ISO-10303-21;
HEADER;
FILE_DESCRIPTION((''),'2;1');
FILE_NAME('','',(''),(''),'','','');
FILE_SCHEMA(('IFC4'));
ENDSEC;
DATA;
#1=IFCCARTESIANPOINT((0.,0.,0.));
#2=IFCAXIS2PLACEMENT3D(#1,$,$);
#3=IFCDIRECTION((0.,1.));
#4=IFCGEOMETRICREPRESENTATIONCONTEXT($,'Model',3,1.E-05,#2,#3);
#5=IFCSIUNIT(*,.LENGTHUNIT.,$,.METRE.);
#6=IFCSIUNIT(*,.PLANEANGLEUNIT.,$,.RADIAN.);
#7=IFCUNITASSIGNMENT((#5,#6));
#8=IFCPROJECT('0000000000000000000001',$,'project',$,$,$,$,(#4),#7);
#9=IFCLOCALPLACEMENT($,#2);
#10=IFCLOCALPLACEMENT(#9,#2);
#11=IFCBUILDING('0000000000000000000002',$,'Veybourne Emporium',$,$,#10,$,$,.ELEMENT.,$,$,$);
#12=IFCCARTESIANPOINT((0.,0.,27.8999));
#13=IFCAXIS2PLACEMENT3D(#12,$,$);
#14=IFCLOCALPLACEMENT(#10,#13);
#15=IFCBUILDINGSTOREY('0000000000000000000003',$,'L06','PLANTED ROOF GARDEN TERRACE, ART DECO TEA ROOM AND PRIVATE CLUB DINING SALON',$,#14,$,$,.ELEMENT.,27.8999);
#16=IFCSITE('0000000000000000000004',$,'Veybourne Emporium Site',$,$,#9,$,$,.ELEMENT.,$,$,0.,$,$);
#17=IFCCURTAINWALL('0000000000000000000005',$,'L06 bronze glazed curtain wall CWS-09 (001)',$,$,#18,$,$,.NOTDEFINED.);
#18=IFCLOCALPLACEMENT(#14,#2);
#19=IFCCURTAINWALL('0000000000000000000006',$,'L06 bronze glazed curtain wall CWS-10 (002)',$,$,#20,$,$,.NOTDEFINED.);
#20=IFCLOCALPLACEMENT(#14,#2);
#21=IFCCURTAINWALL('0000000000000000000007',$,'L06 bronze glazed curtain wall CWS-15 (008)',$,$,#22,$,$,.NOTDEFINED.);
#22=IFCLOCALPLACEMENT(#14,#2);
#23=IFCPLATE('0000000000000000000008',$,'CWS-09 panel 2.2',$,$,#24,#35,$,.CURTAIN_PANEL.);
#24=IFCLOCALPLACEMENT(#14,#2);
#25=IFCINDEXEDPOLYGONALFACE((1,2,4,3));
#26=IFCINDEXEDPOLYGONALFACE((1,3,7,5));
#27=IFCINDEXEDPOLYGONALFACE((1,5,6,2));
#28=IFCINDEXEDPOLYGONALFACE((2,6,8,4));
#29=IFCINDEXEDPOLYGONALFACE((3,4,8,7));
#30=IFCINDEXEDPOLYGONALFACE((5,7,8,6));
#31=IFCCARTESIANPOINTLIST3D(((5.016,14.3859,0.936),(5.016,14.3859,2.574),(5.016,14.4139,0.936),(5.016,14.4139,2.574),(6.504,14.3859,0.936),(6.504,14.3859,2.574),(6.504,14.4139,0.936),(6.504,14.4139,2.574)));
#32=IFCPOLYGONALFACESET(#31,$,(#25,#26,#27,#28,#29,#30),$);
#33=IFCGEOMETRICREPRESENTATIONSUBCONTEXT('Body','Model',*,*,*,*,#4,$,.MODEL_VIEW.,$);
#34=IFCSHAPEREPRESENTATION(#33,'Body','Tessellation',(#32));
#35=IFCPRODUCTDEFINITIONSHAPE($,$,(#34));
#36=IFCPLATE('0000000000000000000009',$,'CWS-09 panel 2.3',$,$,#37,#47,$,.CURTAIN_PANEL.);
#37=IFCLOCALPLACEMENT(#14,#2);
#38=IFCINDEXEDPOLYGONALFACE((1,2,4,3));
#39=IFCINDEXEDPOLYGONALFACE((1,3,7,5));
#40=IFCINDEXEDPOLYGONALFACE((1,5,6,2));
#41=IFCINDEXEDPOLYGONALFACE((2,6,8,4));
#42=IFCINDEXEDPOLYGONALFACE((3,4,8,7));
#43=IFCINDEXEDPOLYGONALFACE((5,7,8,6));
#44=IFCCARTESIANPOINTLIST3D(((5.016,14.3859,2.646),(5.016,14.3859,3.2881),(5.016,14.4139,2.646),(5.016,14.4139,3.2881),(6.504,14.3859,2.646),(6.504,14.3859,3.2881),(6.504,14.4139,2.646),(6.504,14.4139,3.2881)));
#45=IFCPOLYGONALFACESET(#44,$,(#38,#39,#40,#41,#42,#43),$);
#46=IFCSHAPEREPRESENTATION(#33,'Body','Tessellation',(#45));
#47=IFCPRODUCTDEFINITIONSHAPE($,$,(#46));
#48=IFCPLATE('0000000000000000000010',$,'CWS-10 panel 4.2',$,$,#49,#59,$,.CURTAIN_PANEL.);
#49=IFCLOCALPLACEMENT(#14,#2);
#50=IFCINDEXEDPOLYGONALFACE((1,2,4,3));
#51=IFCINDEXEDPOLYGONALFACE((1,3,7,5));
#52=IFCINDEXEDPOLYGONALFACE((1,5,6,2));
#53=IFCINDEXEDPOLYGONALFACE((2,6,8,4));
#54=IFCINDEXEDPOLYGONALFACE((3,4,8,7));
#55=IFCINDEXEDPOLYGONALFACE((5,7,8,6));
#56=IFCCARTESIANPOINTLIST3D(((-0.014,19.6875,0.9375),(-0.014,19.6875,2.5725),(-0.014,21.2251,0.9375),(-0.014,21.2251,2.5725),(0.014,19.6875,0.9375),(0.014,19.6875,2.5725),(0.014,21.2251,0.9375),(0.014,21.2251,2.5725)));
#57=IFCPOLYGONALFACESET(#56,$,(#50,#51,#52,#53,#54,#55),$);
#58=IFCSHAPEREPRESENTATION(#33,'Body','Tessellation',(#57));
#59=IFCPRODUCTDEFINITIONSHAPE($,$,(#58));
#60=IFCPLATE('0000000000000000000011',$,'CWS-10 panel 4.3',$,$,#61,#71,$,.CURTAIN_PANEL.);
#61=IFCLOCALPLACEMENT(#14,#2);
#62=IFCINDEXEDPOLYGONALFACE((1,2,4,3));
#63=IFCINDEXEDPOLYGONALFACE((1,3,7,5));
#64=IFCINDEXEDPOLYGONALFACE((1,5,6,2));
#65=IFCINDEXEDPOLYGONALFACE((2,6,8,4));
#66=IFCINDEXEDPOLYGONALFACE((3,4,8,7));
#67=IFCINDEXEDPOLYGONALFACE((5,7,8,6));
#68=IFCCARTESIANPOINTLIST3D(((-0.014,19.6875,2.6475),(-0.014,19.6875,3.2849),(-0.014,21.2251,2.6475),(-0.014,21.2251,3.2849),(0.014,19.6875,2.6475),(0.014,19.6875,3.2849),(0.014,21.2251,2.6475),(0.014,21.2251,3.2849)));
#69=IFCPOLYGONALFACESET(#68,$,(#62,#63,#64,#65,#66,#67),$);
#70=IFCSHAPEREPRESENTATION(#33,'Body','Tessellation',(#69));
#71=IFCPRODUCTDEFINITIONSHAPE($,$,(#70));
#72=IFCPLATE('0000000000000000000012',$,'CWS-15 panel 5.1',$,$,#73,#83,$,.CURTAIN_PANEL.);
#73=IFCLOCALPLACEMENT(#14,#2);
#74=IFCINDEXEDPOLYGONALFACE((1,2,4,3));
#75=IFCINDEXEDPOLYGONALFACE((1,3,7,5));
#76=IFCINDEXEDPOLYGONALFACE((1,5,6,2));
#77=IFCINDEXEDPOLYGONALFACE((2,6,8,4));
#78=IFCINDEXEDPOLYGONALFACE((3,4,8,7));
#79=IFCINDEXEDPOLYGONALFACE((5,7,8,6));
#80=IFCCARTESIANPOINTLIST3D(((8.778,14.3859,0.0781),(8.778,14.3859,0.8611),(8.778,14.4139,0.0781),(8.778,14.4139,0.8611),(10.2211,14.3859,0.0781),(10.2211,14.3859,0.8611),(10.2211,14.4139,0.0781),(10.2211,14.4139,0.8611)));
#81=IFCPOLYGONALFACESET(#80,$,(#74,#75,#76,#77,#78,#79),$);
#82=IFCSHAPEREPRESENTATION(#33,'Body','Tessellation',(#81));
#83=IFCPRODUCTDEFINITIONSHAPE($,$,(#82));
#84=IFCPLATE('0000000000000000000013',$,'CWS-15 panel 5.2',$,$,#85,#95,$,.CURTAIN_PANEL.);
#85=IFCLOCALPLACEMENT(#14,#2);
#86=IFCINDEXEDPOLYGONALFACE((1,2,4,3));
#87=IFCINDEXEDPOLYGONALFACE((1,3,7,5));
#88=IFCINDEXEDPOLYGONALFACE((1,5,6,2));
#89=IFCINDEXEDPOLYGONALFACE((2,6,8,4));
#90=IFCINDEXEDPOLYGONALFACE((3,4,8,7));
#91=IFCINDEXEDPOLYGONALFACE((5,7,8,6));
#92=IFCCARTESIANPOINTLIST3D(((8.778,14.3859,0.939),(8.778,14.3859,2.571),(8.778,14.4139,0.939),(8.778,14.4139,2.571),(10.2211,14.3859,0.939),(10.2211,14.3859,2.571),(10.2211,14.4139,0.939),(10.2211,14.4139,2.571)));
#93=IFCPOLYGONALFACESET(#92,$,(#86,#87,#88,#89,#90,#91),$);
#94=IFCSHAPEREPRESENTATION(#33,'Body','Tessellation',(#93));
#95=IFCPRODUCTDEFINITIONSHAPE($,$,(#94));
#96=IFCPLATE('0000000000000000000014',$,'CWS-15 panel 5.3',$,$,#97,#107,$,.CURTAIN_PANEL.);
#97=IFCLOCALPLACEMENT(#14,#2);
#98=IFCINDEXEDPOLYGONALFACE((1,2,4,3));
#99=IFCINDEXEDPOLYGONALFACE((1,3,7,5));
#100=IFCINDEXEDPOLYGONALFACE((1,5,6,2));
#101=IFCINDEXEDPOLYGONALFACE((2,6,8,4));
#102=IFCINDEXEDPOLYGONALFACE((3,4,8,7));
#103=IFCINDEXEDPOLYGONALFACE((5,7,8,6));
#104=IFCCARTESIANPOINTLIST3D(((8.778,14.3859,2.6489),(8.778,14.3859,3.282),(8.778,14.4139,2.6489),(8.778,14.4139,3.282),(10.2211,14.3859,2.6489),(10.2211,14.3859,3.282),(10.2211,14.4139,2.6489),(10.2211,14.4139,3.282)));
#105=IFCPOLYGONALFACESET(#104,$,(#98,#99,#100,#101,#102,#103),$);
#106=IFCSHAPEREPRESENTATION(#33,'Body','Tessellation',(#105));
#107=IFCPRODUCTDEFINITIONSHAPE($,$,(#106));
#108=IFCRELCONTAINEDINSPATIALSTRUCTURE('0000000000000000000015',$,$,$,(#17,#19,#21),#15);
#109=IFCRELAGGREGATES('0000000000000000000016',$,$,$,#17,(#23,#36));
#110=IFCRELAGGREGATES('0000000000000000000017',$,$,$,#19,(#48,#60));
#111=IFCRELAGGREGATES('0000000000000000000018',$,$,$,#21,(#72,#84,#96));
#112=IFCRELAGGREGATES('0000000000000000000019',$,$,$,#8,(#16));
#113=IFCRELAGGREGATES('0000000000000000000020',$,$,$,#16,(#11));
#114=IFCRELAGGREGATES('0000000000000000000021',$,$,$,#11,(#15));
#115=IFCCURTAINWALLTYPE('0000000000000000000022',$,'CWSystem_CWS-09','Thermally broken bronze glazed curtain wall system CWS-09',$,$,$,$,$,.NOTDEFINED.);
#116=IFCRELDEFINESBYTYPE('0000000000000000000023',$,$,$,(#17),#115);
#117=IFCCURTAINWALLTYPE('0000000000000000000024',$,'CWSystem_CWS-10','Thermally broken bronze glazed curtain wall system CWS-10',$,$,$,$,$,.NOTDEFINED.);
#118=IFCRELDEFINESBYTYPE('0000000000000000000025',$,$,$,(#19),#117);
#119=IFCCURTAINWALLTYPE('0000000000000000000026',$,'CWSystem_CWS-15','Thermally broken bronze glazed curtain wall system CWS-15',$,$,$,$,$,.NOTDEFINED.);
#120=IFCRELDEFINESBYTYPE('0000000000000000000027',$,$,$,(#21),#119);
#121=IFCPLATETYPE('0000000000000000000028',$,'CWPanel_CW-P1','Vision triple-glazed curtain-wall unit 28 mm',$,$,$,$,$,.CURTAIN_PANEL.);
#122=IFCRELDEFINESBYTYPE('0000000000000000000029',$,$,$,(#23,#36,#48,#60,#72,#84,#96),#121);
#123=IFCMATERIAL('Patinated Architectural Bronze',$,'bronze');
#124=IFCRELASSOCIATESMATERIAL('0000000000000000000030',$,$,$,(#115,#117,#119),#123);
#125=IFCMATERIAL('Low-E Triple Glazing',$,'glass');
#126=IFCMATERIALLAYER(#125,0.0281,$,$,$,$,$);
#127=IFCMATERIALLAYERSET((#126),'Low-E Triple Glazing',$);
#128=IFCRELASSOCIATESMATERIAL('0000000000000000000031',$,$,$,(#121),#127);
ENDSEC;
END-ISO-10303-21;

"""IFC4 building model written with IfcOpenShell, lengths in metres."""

from ifc_helpers import new_model, si_unit, direction, frame, origin, origin_2d, place, context, subcontext, project, spatial, rectangle, extrude, material, layer, layer_set, type_object, element, aggregate, save


model = new_model("IFC4")

# Units and contexts
model_context = context("Model", 3, precision=1e-05, world=origin(), true_north=direction((0.0, 1.0)))
body_context = subcontext(model_context, "Body", "Model", "MODEL_VIEW")
ifc_project = project(units=[si_unit("LENGTHUNIT", "METRE"), si_unit("PLANEANGLEUNIT", "RADIAN")], contexts=[model_context])

# Site, building, storey
site_placement = place(None, origin())
site = spatial("IfcSite", under=ifc_project, at=site_placement, Name="Veybourne Emporium Site", CompositionType="ELEMENT", RefElevation=0.0)
building_placement = place(site_placement, origin())
building = spatial("IfcBuilding", under=site, at=building_placement, Name="Veybourne Emporium", CompositionType="ELEMENT")
storey_placement = place(building_placement, frame((0.0, 0.0, 27.8999)))
storey = spatial("IfcBuildingStorey", under=building, at=storey_placement, Name="L06", Description="PLANTED ROOF GARDEN TERRACE, ART DECO TEA ROOM AND PRIVATE CLUB DINING SALON", CompositionType="ELEMENT", Elevation=27.8999)

# Curtain wall
ifc_material_1 = material(Name="Patinated Architectural Bronze", Category="bronze")
curtain_wall_type_1 = type_object("IfcCurtainWallType", Name="CWSystem_CWS-09", Description="Thermally broken bronze glazed curtain wall system CWS-09", PredefinedType="NOTDEFINED", material=ifc_material_1)
curtain_wall_1_placement = place(storey_placement, origin())
curtain_wall_1 = element("IfcCurtainWall", 1, at=curtain_wall_1_placement, inside=storey, type_object=curtain_wall_type_1, Name="L06 bronze glazed curtain wall CWS-09 (001)", PredefinedType="NOTDEFINED")

# Curtain walls
curtain_wall_type_2 = type_object("IfcCurtainWallType", Name="CWSystem_CWS-10", Description="Thermally broken bronze glazed curtain wall system CWS-10", PredefinedType="NOTDEFINED", material=ifc_material_1)
curtain_wall_2_placement = place(storey_placement, origin())
curtain_wall_2 = element("IfcCurtainWall", 2, at=curtain_wall_2_placement, inside=storey, type_object=curtain_wall_type_2, Name="L06 bronze glazed curtain wall CWS-10 (002)", PredefinedType="NOTDEFINED")
curtain_wall_type_3 = type_object("IfcCurtainWallType", Name="CWSystem_CWS-15", Description="Thermally broken bronze glazed curtain wall system CWS-15", PredefinedType="NOTDEFINED", material=ifc_material_1)
curtain_wall_3_placement = place(storey_placement, origin())
curtain_wall_3 = element("IfcCurtainWall", 3, at=curtain_wall_3_placement, inside=storey, type_object=curtain_wall_type_3, Name="L06 bronze glazed curtain wall CWS-15 (008)", PredefinedType="NOTDEFINED")

# Plates
ifc_material_2 = material(Name="Low-E Triple Glazing", Category="glass")
ifc_layer = layer(ifc_material_2, 0.0281)
ifc_layer_set = layer_set([ifc_layer], Name="Low-E Triple Glazing")
plate_type = type_object("IfcPlateType", Name="CWPanel_CW-P1", Description="Vision triple-glazed curtain-wall unit 28 mm", PredefinedType="CURTAIN_PANEL", material=ifc_layer_set)
plate_1_placement = place(storey_placement, frame((5.76, 14.3999, 0.936), z_axis=(0.0, 0.0, 1.0), x_axis=(-1.0, 0.0, 0.0)))
plate_1 = element("IfcPlate", 4, at=plate_1_placement, type_object=plate_type, Name="CWS-09 panel 2.2", PredefinedType="CURTAIN_PANEL", context=body_context, shape_type="SweptSolid", body=[
    extrude(rectangle(XDim=1.488, YDim=0.0281, at=origin_2d()), origin(), (0.0, 0.0, 1.0), 1.6379),
])
plate_2_placement = place(storey_placement, frame((5.76, 14.3999, 2.646), z_axis=(0.0, 0.0, 1.0), x_axis=(-1.0, 0.0, 0.0)))
plate_2 = element("IfcPlate", 5, at=plate_2_placement, type_object=plate_type, Name="CWS-09 panel 2.3", PredefinedType="CURTAIN_PANEL", context=body_context, shape_type="SweptSolid", body=[
    extrude(rectangle(XDim=1.488, YDim=0.0281, at=origin_2d()), origin(), (0.0, 0.0, 1.0), 0.6421),
])
aggregate(curtain_wall_1, [plate_1, plate_2])
plate_3_placement = place(storey_placement, frame((0.0, 20.4563, 0.9375), z_axis=(0.0, 0.0, 1.0), x_axis=(0.0, 1.0, 0.0)))
plate_3 = element("IfcPlate", 6, at=plate_3_placement, type_object=plate_type, Name="CWS-10 panel 4.2", PredefinedType="CURTAIN_PANEL", context=body_context, shape_type="SweptSolid", body=[
    extrude(rectangle(XDim=1.5376, YDim=0.0281, at=origin_2d()), origin(), (0.0, 0.0, 1.0), 1.635),
])
plate_4_placement = place(storey_placement, frame((0.0, 20.4563, 2.6475), z_axis=(0.0, 0.0, 1.0), x_axis=(0.0, 1.0, 0.0)))
plate_4 = element("IfcPlate", 7, at=plate_4_placement, type_object=plate_type, Name="CWS-10 panel 4.3", PredefinedType="CURTAIN_PANEL", context=body_context, shape_type="SweptSolid", body=[
    extrude(rectangle(XDim=1.5376, YDim=0.0281, at=origin_2d()), origin(), (0.0, 0.0, 1.0), 0.6375),
])
aggregate(curtain_wall_2, [plate_3, plate_4])
plate_5_placement = place(storey_placement, frame((9.4995, 14.3999, 0.0781), z_axis=(0.0, 0.0, 1.0), x_axis=(-1.0, 0.0, 0.0)))
plate_5 = element("IfcPlate", 8, at=plate_5_placement, type_object=plate_type, Name="CWS-15 panel 5.1", PredefinedType="CURTAIN_PANEL", context=body_context, shape_type="SweptSolid", body=[
    extrude(rectangle(XDim=1.4431, YDim=0.0281, at=origin_2d()), origin(), (0.0, 0.0, 1.0), 0.783),
])
plate_6_placement = place(storey_placement, frame((9.4995, 14.3999, 0.939), z_axis=(0.0, 0.0, 1.0), x_axis=(-1.0, 0.0, 0.0)))
plate_6 = element("IfcPlate", 9, at=plate_6_placement, type_object=plate_type, Name="CWS-15 panel 5.2", PredefinedType="CURTAIN_PANEL", context=body_context, shape_type="SweptSolid", body=[
    extrude(rectangle(XDim=1.4431, YDim=0.0281, at=origin_2d()), origin(), (0.0, 0.0, 1.0), 1.6321),
])
plate_7_placement = place(storey_placement, frame((9.4995, 14.3999, 2.6489), z_axis=(0.0, 0.0, 1.0), x_axis=(-1.0, 0.0, 0.0)))
plate_7 = element("IfcPlate", 10, at=plate_7_placement, type_object=plate_type, Name="CWS-15 panel 5.3", PredefinedType="CURTAIN_PANEL", context=body_context, shape_type="SweptSolid", body=[
    extrude(rectangle(XDim=1.4431, YDim=0.0281, at=origin_2d()), origin(), (0.0, 0.0, 1.0), 0.6331),
])
aggregate(curtain_wall_3, [plate_5, plate_6, plate_7])

save(model, "model.ifc")
